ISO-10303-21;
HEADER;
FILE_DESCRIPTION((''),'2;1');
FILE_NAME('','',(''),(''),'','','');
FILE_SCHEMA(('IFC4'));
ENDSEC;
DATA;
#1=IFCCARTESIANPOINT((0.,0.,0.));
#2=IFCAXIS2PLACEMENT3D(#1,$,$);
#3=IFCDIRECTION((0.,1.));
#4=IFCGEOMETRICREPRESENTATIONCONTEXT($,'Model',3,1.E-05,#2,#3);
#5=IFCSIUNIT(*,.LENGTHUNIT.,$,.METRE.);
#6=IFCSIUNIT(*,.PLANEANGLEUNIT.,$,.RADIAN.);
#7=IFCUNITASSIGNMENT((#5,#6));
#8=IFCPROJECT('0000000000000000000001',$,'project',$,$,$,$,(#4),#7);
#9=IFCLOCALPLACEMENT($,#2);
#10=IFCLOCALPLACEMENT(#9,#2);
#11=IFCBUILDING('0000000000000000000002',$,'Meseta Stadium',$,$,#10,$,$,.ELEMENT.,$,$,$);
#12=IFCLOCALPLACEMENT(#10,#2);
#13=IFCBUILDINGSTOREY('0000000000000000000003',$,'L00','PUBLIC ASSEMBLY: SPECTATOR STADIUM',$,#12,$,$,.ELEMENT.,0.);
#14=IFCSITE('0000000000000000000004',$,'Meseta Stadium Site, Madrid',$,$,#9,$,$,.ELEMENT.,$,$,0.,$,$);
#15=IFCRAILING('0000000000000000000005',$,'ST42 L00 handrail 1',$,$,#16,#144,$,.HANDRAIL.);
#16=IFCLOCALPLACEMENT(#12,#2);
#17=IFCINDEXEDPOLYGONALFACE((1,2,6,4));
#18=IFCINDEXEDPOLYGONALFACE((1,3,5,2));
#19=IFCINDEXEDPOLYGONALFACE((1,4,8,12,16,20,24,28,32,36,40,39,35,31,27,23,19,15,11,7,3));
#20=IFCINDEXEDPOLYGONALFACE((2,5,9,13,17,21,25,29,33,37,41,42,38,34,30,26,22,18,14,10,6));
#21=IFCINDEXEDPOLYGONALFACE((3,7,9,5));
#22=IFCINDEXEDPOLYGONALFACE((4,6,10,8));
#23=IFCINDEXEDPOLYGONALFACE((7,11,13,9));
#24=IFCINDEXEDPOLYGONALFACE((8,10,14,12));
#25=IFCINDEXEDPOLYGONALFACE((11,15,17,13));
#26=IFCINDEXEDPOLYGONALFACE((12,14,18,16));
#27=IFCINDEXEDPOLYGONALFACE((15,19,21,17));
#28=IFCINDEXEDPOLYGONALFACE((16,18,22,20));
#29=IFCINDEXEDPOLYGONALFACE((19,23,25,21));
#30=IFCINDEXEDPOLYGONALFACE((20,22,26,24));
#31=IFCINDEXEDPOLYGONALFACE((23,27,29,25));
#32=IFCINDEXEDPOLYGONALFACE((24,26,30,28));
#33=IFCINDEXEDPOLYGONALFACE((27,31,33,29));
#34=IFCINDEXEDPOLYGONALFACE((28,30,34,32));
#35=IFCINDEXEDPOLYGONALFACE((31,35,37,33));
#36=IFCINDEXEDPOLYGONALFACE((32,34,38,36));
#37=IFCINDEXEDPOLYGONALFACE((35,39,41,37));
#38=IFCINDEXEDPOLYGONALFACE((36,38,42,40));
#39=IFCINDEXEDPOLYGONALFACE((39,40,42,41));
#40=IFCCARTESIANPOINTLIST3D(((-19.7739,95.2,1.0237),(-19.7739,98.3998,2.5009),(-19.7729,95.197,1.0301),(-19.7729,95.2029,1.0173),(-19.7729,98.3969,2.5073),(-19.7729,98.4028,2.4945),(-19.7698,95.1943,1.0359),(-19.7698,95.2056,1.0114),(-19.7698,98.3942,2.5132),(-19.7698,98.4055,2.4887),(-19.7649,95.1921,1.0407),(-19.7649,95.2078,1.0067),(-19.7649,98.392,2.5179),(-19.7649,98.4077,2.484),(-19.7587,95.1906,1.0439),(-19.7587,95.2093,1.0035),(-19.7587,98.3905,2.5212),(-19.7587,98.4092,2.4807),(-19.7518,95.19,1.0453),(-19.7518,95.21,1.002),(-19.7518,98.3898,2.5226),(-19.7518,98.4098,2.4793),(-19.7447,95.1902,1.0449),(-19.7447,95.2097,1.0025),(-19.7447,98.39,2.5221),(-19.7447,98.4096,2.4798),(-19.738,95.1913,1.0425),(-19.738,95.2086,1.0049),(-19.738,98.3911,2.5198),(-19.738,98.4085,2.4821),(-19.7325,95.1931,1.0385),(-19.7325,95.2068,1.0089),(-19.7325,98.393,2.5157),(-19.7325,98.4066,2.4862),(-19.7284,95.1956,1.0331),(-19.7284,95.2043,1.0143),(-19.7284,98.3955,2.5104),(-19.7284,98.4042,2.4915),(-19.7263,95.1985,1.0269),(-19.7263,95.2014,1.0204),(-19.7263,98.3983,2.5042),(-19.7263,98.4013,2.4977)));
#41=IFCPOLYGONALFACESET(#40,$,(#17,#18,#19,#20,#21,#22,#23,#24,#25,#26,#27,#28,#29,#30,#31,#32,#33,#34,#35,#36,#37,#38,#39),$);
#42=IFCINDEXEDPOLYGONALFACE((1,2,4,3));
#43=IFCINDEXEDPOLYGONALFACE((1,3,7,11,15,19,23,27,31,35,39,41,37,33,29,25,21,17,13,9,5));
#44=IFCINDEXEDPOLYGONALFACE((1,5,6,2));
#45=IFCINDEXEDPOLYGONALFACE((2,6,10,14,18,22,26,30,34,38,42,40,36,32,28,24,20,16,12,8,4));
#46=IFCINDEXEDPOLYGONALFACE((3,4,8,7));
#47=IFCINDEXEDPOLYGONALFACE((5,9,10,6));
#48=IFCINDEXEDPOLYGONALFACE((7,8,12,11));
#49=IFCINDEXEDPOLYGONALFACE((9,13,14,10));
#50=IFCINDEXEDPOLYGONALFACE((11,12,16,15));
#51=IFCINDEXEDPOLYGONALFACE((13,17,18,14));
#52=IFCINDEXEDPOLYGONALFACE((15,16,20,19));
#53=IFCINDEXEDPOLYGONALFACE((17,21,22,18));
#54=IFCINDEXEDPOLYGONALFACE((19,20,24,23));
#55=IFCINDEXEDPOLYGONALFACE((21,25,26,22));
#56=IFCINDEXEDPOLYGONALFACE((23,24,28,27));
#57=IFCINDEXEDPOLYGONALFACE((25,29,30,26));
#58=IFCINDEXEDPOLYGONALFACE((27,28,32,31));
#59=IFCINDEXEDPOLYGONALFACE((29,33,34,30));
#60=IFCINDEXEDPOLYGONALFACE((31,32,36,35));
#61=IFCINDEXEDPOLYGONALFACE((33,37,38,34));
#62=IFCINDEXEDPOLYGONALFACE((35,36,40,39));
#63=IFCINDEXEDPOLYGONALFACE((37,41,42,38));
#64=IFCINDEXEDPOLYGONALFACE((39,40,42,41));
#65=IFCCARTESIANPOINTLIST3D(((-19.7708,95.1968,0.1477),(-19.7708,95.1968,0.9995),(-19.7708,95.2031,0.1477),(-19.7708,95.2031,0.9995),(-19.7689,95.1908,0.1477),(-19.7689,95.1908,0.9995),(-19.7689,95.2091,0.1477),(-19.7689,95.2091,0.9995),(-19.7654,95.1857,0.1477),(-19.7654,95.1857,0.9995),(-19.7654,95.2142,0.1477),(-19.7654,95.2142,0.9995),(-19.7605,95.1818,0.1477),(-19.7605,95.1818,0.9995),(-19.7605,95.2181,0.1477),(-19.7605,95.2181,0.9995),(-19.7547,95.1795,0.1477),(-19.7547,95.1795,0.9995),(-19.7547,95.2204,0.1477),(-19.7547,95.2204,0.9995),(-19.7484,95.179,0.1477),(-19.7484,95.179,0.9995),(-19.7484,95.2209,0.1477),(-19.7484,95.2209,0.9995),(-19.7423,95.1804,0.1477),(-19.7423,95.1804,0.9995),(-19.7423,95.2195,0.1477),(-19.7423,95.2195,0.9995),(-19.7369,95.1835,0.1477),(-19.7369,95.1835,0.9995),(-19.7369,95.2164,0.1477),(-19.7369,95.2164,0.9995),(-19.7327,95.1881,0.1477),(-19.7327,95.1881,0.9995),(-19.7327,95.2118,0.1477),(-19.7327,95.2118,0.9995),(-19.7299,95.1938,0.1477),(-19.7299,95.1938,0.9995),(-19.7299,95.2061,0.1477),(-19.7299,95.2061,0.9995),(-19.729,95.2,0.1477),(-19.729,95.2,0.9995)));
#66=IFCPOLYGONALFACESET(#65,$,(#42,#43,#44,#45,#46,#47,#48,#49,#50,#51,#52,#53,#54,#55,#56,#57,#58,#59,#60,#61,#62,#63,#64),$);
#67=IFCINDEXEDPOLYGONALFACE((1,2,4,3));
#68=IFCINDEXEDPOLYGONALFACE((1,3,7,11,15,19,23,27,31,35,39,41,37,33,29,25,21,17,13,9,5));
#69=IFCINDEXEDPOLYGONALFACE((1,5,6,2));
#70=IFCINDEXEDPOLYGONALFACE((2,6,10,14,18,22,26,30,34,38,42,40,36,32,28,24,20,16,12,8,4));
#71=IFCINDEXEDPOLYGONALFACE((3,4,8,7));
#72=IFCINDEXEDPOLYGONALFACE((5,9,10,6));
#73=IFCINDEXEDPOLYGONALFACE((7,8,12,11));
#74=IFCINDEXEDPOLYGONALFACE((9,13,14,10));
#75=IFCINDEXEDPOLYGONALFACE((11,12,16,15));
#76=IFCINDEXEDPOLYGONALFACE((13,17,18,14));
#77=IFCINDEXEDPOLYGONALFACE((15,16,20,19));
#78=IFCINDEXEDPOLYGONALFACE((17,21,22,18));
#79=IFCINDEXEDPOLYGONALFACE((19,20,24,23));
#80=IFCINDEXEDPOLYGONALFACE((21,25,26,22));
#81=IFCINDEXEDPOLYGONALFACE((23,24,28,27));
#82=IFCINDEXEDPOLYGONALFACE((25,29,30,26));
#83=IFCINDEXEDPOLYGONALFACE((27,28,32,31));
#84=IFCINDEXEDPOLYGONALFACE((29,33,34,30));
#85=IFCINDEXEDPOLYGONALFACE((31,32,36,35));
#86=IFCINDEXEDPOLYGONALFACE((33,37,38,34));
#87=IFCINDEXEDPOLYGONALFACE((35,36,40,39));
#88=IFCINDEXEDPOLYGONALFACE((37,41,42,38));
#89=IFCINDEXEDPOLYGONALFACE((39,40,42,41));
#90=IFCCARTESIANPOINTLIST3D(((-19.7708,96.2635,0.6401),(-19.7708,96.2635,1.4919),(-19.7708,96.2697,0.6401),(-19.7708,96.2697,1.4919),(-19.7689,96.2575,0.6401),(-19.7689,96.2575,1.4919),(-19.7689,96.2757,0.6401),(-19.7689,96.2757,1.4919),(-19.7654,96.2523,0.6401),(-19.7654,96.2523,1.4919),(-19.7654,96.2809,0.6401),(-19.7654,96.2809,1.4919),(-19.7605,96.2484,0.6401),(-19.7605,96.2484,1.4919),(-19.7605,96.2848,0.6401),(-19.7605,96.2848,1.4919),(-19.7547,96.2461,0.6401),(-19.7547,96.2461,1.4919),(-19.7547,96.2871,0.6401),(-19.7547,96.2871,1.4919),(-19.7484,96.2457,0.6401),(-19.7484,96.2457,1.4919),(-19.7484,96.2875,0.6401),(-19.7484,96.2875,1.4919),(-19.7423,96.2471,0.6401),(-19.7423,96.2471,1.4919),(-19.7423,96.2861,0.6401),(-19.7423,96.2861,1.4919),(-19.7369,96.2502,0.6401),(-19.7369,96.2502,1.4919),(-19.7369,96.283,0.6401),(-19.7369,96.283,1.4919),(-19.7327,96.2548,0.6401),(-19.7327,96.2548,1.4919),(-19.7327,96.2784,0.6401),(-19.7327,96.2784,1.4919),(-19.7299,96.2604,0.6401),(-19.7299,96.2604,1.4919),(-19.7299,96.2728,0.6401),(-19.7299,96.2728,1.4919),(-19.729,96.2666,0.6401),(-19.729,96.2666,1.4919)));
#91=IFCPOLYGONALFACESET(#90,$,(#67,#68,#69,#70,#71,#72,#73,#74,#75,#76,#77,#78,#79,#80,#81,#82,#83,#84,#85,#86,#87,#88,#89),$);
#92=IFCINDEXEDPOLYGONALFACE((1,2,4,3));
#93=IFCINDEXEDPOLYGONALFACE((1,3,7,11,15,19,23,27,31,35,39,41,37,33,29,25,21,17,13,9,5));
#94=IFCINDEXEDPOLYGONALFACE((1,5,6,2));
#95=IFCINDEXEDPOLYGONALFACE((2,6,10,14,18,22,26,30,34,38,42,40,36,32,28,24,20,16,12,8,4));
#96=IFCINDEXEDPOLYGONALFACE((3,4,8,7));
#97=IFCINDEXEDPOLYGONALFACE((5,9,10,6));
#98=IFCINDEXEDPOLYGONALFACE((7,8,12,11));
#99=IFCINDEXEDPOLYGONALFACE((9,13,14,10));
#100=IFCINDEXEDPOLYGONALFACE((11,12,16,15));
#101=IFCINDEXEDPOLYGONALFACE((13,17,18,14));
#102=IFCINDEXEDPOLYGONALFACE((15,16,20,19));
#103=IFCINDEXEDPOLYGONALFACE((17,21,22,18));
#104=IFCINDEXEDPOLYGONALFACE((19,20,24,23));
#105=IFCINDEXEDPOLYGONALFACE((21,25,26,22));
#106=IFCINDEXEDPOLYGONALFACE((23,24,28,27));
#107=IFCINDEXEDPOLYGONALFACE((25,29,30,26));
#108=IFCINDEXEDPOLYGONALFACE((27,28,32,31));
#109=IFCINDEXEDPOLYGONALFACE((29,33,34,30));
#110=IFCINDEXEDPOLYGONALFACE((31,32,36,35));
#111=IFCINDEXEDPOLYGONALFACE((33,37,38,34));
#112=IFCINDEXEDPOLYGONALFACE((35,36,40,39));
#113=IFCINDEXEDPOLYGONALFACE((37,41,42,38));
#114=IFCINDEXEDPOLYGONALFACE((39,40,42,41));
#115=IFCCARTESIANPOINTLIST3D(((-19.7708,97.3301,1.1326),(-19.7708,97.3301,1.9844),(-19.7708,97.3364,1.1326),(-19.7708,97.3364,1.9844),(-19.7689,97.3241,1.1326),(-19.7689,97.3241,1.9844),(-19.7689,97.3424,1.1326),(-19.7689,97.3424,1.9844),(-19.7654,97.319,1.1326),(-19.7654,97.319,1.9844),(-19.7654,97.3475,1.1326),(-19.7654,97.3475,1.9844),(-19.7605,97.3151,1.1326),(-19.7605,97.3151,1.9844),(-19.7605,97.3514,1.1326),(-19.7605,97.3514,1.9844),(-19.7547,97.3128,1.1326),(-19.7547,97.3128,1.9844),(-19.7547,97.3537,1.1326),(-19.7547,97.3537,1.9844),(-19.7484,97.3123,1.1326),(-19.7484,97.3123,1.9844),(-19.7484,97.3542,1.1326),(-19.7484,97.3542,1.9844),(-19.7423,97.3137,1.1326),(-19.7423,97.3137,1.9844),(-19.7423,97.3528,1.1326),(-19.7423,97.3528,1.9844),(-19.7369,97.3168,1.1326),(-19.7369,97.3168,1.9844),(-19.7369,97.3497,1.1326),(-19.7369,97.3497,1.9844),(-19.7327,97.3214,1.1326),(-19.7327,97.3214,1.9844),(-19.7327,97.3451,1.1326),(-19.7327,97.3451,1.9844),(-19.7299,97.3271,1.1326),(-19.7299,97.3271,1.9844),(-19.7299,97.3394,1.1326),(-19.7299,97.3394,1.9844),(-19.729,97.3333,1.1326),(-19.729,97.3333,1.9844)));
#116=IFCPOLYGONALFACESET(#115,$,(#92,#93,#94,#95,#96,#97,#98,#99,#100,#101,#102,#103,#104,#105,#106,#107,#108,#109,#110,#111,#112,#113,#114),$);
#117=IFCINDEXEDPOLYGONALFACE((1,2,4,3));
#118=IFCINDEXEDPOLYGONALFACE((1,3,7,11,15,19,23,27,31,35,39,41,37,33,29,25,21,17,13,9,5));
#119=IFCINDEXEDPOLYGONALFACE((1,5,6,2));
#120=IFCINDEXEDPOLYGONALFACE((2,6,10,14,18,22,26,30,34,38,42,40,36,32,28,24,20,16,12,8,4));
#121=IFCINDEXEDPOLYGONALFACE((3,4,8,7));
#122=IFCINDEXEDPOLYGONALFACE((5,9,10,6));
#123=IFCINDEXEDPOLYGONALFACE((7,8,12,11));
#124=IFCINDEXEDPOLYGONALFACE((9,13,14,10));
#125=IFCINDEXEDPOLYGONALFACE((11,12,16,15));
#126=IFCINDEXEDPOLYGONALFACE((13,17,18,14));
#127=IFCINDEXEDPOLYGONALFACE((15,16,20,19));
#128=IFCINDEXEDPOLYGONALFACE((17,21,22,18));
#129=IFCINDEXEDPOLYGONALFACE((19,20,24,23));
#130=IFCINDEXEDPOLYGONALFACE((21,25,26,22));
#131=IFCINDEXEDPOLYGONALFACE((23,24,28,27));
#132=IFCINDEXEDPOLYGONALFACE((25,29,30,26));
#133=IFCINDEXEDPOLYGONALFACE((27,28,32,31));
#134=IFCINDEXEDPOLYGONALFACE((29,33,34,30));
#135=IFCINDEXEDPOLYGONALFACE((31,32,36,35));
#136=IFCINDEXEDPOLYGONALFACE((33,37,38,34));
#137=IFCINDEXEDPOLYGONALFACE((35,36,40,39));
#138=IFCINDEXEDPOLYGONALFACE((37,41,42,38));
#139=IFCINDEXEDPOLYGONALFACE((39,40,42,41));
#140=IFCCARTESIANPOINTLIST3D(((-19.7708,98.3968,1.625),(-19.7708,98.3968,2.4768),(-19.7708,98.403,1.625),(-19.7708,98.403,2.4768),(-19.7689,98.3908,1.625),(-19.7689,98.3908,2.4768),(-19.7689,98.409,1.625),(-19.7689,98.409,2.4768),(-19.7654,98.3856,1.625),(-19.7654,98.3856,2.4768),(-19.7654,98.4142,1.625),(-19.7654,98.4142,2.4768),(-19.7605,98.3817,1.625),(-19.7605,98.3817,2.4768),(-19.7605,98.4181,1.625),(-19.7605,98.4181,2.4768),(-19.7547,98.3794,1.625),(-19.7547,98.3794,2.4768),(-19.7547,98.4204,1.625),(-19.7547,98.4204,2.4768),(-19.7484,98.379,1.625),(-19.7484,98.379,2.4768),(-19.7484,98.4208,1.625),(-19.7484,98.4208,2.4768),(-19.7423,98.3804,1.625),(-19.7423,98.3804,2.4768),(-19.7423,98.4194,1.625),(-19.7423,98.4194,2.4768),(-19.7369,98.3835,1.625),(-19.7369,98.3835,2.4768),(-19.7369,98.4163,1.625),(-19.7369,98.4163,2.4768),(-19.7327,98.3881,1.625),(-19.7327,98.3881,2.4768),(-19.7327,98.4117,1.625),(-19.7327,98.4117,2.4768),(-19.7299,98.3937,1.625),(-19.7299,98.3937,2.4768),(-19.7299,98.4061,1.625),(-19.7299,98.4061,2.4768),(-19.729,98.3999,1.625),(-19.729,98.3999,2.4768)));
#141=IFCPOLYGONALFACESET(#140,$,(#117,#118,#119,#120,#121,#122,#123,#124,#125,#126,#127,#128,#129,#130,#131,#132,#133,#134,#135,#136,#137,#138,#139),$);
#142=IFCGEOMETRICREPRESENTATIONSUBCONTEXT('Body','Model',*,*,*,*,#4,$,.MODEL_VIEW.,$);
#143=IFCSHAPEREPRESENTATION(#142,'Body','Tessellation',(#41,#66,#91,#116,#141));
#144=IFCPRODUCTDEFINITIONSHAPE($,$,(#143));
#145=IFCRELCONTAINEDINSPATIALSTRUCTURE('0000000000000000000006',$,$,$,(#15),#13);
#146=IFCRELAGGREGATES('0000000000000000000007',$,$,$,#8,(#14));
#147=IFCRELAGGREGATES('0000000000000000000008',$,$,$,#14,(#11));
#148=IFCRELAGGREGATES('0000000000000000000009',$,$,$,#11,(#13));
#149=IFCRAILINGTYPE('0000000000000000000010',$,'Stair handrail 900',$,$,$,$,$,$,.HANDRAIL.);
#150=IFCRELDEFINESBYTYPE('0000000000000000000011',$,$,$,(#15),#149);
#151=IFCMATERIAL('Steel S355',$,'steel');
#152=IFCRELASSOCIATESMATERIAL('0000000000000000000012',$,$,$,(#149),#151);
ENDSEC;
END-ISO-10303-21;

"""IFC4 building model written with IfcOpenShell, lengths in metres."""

from ifc_helpers import new_model, si_unit, direction, frame, origin, origin_2d, place, context, subcontext, project, spatial, circle, extrude, material, type_object, element, save


model = new_model("IFC4")

# Units and contexts
model_context = context("Model", 3, precision=1e-05, world=origin(), true_north=direction((0.0, 1.0)))
body_context = subcontext(model_context, "Body", "Model", "MODEL_VIEW")
ifc_project = project(units=[si_unit("LENGTHUNIT", "METRE"), si_unit("PLANEANGLEUNIT", "RADIAN")], contexts=[model_context])

# Site, building, storey
site_placement = place(None, origin())
site = spatial("IfcSite", under=ifc_project, at=site_placement, Name="Meseta Stadium Site, Madrid", CompositionType="ELEMENT", RefElevation=0.0)
building_placement = place(site_placement, origin())
building = spatial("IfcBuilding", under=site, at=building_placement, Name="Meseta Stadium", CompositionType="ELEMENT")
storey_placement = place(building_placement, origin())
storey = spatial("IfcBuildingStorey", under=building, at=storey_placement, Name="L00", Description="PUBLIC ASSEMBLY: SPECTATOR STADIUM", CompositionType="ELEMENT", Elevation=0.0)

# Railing
ifc_material_1 = material(Name="Steel S355", Category="steel")
railing_type_1 = type_object("IfcRailingType", Name="Stair handrail 900", PredefinedType="HANDRAIL", material=ifc_material_1)
for number, where, name in (
    (1, (-19.75, 95.2, 0.1477), "ST42 L00 handrail 1"),
):
    element("IfcRailing", number, at=place(storey_placement, frame(where)), inside=storey, type_object=railing_type_1, Name=name, PredefinedType="HANDRAIL", context=body_context, shape_type="SweptSolid", body=[
        extrude(circle(Radius=0.0239, at=origin_2d()), frame((0.0, 0.0, 0.876), z_axis=(0.0, 0.907917, 0.41915), x_axis=(-1.0, 0.0, 0.0)), (0.0, 0.0, 1.0), 3.5244),
        extrude(circle(Radius=0.021, at=origin_2d()), origin(), (0.0, 0.0, 1.0), 0.8518),
        extrude(circle(Radius=0.021, at=origin_2d()), frame((0.0, 1.0667, 0.4924)), (0.0, 0.0, 1.0), 0.8518),
        extrude(circle(Radius=0.021, at=origin_2d()), frame((0.0, 2.1333, 0.9849)), (0.0, 0.0, 1.0), 0.8518),
        extrude(circle(Radius=0.021, at=origin_2d()), frame((0.0, 3.2, 1.4773)), (0.0, 0.0, 1.0), 0.8518),
    ])

save(model, "model.ifc")
